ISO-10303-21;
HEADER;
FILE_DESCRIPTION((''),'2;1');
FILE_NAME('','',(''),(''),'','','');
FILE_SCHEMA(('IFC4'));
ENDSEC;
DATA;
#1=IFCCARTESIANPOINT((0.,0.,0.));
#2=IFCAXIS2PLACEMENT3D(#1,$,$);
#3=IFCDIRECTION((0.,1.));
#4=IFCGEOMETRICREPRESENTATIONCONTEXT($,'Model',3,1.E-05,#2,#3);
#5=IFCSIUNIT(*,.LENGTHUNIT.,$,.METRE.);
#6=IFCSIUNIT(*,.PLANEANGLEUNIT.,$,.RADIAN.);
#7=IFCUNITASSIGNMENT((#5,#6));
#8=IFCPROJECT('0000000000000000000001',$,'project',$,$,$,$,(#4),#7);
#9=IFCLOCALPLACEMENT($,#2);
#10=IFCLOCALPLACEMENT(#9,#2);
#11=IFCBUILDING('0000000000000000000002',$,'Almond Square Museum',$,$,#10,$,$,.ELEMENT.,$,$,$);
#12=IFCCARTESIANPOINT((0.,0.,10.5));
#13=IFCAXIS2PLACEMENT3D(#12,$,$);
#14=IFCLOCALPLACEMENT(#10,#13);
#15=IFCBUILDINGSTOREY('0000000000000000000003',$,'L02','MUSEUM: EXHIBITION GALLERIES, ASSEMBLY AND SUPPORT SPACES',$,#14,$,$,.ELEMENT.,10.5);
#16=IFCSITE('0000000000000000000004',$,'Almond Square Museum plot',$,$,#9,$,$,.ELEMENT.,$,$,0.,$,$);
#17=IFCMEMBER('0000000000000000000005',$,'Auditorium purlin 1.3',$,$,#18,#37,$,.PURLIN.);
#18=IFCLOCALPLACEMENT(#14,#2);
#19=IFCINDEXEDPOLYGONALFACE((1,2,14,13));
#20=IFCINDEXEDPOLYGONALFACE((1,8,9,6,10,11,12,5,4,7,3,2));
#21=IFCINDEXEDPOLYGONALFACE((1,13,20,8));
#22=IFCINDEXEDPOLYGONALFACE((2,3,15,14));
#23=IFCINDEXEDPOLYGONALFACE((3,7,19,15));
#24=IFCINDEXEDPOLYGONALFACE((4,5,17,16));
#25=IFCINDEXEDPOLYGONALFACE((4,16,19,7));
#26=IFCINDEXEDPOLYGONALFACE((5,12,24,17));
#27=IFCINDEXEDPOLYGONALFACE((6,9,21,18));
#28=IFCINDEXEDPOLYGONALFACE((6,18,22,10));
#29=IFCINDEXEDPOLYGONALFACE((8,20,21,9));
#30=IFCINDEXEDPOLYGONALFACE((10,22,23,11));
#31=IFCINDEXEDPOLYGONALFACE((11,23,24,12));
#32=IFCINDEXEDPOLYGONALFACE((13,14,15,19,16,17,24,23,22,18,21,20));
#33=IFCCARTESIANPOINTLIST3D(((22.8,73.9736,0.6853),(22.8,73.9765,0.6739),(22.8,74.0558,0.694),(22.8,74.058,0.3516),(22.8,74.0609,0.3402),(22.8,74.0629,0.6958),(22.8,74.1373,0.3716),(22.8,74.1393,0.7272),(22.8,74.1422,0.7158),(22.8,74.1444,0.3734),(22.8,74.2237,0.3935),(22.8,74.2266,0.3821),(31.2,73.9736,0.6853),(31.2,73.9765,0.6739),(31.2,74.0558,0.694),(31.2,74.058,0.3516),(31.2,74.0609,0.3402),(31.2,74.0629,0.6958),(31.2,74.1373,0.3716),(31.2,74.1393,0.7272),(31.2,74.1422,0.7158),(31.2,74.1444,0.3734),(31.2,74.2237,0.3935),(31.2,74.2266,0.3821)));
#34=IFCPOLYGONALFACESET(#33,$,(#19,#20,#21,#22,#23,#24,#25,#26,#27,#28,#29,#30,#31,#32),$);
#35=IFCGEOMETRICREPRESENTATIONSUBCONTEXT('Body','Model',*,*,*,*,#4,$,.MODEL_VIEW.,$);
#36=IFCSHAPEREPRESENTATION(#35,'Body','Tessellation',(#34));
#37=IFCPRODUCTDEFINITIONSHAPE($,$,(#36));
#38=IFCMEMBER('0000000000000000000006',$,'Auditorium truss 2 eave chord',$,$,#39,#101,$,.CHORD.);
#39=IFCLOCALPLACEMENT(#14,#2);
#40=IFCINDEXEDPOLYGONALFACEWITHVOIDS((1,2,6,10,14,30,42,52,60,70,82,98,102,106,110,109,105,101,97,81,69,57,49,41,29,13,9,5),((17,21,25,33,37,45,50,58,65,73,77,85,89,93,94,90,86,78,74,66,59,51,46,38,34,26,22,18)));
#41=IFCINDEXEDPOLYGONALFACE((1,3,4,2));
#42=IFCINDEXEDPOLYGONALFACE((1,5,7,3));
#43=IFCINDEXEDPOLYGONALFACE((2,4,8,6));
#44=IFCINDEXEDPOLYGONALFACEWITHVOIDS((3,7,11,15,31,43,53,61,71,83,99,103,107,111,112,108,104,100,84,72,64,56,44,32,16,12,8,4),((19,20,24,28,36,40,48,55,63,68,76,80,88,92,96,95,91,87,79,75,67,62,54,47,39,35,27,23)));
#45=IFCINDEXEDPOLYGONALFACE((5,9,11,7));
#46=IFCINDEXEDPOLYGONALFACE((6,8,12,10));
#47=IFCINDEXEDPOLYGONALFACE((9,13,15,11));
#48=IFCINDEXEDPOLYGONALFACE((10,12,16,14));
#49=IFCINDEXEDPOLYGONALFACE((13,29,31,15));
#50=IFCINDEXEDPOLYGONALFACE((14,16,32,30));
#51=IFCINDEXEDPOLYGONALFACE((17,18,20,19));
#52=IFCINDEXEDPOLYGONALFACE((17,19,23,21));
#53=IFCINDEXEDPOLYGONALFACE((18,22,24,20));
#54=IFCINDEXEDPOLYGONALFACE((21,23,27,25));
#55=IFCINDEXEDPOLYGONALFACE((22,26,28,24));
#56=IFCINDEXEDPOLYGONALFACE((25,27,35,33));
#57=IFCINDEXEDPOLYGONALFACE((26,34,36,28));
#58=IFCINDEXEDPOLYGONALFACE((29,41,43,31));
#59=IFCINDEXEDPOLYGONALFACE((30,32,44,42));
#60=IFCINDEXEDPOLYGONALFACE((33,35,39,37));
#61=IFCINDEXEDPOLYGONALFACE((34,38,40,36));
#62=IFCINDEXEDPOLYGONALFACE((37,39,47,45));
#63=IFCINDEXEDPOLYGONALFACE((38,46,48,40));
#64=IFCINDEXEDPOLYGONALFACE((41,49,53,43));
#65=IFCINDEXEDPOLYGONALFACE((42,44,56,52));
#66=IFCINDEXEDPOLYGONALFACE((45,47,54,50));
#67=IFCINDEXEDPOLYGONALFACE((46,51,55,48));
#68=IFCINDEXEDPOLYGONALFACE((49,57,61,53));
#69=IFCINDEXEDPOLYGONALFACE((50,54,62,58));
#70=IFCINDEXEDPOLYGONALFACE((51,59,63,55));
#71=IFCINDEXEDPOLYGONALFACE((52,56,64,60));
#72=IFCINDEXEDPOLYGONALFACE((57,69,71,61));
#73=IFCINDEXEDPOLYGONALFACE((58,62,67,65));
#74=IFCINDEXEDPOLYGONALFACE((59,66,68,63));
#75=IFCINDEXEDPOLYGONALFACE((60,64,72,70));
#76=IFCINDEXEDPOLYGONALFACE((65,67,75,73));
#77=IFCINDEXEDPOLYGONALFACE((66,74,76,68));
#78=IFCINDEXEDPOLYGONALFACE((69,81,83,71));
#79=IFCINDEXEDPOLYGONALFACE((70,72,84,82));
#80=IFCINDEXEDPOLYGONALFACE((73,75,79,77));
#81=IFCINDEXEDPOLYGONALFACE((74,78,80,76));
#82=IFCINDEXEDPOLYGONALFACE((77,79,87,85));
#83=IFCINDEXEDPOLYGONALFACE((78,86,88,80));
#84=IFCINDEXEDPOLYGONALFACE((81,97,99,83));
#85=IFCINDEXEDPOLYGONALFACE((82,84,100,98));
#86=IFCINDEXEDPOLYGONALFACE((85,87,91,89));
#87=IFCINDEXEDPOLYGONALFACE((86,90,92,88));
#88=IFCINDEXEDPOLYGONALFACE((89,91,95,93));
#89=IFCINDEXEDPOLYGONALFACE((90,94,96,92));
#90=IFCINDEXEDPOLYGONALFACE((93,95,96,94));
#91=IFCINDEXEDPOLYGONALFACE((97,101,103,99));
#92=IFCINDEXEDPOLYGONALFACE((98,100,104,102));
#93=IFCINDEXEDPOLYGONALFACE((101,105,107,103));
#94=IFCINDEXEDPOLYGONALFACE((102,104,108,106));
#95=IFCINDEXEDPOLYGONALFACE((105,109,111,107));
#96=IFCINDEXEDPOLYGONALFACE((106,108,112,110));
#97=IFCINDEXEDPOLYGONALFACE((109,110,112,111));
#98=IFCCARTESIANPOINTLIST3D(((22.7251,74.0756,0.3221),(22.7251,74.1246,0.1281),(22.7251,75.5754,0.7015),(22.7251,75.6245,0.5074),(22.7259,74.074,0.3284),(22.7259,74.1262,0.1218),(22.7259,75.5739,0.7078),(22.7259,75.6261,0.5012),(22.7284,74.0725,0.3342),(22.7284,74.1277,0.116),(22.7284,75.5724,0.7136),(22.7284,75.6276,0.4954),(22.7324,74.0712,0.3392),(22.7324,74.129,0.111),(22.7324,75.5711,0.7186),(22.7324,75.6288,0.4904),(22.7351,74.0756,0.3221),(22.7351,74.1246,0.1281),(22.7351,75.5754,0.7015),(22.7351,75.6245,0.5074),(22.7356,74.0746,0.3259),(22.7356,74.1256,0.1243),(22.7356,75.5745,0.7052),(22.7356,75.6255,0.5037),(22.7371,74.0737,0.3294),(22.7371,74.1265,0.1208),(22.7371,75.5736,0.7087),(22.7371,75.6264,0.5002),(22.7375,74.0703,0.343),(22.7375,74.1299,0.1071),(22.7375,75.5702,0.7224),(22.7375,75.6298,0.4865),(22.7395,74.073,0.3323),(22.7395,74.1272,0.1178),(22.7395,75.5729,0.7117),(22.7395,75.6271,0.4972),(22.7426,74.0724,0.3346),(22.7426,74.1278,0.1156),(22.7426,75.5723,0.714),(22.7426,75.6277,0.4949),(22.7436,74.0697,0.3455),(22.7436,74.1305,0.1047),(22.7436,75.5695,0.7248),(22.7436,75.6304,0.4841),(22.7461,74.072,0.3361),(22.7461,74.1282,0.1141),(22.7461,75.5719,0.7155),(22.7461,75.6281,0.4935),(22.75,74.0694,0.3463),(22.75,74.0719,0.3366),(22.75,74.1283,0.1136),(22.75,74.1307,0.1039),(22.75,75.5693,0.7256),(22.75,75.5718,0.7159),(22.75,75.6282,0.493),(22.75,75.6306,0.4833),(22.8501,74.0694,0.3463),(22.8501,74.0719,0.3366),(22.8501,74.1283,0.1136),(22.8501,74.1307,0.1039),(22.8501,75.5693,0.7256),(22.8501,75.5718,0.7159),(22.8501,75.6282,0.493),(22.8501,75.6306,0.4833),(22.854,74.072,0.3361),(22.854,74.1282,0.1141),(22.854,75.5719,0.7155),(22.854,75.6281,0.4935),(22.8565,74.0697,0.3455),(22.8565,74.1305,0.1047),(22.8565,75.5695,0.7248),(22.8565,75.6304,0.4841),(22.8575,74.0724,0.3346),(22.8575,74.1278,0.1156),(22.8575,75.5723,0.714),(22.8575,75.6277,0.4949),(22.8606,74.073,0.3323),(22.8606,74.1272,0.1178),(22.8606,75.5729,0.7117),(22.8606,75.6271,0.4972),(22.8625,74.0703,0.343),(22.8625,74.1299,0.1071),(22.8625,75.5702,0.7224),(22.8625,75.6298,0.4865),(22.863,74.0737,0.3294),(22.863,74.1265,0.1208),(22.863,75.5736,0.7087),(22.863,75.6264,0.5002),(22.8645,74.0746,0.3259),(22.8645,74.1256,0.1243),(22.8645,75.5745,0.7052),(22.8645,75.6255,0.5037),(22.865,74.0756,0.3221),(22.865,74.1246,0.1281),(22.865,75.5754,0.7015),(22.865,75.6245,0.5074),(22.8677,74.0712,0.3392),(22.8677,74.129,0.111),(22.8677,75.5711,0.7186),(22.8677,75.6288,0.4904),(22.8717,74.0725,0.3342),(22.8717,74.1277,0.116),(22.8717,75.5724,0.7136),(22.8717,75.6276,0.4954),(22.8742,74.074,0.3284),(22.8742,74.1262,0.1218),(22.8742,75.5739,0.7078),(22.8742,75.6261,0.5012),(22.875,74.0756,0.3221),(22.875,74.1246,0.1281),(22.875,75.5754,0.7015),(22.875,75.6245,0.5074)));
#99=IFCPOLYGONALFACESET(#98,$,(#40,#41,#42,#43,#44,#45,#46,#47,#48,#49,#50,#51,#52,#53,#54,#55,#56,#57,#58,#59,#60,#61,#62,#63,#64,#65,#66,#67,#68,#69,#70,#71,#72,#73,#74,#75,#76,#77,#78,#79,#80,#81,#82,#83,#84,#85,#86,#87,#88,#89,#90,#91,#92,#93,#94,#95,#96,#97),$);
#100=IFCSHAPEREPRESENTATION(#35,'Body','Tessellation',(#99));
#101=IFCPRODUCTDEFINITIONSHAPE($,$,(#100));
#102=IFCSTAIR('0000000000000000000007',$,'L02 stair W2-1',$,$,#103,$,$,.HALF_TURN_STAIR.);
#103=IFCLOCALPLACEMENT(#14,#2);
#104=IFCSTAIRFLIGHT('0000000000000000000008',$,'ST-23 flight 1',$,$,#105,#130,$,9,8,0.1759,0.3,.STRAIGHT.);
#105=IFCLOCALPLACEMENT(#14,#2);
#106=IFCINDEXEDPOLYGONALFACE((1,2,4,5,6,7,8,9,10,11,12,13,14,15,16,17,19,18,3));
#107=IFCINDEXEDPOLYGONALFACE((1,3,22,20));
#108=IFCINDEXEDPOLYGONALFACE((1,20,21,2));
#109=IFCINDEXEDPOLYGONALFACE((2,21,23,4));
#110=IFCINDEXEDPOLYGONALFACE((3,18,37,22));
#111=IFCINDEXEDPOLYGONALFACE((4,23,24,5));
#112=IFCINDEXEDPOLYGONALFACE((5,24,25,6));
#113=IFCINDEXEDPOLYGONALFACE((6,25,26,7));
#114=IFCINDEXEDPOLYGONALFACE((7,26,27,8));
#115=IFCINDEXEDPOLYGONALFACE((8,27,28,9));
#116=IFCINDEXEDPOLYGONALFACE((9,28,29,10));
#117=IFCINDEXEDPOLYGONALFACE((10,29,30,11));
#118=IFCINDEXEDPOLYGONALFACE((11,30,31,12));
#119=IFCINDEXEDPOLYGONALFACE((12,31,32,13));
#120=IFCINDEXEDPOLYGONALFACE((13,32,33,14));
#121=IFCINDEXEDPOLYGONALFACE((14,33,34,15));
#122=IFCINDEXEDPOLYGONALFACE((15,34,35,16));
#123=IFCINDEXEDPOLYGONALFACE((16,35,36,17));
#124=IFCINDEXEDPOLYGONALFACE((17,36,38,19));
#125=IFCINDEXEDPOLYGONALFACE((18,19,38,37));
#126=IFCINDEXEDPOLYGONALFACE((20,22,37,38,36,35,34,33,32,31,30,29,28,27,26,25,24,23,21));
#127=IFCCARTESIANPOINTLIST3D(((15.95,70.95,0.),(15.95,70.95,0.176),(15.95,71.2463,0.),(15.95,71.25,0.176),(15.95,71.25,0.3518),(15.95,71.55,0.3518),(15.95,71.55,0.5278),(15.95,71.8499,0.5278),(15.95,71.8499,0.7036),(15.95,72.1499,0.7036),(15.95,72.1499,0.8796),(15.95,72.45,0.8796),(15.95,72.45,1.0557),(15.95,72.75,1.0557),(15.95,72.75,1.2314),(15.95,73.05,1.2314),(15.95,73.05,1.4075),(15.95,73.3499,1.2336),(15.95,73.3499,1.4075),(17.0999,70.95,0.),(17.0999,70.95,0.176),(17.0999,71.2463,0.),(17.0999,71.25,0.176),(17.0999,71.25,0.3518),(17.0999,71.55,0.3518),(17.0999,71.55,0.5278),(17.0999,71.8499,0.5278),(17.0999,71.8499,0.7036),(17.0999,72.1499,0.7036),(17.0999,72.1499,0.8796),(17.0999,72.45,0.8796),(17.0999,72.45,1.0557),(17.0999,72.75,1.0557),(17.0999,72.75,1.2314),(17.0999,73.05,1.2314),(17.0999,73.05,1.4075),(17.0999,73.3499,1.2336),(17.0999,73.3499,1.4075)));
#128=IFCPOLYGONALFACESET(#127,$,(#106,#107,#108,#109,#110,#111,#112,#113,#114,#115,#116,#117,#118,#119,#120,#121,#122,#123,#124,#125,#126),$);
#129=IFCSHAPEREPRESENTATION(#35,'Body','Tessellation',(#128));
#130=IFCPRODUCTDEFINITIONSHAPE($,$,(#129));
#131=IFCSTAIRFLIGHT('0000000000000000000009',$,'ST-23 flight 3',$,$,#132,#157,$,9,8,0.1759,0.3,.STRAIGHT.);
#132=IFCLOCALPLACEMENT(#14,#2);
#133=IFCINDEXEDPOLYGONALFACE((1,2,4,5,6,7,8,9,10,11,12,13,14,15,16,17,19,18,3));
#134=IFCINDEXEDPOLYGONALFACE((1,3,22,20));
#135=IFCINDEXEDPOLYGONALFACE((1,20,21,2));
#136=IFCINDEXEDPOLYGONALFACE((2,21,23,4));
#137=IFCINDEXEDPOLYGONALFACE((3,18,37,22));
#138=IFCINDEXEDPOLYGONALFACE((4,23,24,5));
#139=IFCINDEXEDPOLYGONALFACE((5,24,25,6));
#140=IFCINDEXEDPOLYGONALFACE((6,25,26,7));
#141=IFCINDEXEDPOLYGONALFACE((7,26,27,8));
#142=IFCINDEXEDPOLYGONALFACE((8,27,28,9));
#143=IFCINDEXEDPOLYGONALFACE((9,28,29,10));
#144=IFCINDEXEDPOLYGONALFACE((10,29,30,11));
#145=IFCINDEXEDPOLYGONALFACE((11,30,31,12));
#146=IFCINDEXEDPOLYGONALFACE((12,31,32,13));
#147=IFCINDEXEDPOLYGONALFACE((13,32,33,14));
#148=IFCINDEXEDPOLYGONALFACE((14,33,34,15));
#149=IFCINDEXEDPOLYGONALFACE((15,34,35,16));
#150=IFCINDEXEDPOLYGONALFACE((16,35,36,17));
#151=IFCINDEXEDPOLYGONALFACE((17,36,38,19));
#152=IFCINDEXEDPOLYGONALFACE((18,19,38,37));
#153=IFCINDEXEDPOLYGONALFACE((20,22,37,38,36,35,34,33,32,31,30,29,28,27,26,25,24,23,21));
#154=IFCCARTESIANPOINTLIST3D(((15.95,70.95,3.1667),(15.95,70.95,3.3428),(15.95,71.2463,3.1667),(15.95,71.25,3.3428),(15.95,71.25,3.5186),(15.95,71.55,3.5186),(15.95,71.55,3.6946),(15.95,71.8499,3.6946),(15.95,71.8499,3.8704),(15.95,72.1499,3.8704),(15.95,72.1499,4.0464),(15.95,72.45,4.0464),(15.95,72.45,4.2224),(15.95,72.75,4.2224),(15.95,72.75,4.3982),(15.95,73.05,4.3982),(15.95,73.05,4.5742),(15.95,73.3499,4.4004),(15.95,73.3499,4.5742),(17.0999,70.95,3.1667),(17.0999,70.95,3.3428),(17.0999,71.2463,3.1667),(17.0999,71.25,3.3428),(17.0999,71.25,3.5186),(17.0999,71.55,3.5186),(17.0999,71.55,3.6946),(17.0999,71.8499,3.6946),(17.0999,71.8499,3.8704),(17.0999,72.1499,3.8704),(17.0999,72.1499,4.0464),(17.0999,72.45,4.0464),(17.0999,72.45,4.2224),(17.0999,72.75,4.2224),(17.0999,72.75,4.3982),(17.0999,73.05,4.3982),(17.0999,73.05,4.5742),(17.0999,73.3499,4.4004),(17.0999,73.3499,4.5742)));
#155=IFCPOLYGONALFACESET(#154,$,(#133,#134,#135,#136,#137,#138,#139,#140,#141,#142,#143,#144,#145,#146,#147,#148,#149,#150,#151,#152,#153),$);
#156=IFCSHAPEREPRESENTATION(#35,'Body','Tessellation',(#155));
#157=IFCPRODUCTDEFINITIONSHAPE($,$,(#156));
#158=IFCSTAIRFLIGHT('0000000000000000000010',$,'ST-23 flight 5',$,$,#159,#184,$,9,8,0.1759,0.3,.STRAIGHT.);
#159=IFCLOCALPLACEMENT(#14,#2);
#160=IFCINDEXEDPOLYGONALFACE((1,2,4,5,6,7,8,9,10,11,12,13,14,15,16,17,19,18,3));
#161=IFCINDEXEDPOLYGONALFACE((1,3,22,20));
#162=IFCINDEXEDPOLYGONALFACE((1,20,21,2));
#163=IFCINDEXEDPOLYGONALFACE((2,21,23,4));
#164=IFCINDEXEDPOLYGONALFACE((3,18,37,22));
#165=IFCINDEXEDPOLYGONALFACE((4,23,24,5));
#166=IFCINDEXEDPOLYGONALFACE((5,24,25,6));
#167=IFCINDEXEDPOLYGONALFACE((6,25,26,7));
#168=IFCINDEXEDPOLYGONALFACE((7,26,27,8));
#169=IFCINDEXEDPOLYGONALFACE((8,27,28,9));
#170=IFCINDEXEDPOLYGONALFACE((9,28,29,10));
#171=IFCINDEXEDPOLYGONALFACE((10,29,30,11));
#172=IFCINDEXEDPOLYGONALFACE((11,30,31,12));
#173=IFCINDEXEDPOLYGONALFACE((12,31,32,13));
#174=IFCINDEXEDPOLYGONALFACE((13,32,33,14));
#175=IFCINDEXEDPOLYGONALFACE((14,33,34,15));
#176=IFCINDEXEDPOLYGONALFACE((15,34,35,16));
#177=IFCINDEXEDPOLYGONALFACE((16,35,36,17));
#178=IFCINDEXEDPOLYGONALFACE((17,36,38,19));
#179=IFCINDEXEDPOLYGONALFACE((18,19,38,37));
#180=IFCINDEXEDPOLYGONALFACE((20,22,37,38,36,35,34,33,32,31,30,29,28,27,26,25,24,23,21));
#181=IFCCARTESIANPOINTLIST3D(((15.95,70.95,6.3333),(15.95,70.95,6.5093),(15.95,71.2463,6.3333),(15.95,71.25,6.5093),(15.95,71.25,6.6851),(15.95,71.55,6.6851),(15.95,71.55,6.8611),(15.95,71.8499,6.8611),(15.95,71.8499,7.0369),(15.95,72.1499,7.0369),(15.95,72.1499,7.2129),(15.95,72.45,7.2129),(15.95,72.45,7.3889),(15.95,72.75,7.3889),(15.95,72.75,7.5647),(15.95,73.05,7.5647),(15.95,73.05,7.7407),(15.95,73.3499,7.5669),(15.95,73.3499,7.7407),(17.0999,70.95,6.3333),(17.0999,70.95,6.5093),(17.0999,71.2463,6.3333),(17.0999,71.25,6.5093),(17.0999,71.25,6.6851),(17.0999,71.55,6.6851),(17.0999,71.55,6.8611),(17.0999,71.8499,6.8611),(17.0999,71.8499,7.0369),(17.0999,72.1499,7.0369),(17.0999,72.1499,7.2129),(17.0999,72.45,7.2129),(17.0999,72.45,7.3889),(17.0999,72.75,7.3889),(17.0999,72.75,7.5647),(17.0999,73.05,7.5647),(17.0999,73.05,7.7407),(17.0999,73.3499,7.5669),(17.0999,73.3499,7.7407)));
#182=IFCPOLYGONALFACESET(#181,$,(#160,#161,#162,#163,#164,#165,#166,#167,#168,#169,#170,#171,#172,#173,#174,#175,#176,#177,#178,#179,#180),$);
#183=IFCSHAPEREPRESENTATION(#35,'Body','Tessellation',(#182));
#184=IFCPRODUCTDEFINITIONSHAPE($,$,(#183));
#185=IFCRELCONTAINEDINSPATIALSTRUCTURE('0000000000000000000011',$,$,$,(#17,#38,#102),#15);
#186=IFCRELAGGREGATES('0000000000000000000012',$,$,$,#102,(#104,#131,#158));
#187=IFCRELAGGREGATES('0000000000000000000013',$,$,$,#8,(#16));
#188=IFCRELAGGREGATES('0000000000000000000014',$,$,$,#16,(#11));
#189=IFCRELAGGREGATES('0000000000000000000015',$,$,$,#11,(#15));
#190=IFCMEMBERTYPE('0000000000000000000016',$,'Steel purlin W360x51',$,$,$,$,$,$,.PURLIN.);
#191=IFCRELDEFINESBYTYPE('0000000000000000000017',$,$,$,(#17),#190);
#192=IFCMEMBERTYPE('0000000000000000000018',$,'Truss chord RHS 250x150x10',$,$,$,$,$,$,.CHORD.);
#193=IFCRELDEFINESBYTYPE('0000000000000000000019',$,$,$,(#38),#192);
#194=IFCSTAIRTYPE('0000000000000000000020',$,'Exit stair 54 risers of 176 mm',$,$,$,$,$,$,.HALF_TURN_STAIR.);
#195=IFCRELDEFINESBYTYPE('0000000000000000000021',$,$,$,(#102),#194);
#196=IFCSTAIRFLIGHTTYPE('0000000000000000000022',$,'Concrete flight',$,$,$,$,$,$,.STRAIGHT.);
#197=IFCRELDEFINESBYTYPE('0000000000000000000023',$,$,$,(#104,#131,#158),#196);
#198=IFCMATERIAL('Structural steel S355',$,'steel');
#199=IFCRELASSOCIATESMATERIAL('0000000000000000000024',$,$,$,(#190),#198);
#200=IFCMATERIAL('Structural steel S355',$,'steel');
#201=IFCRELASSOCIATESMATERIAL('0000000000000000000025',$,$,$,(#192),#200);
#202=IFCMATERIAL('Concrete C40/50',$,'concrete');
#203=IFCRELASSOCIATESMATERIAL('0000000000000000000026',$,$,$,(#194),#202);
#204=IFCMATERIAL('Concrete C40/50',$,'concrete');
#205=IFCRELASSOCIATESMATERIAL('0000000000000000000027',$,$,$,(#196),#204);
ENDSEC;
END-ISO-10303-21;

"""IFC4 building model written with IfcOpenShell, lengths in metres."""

from ifc_helpers import new_model, si_unit, direction, frame, origin, origin_2d, place, context, subcontext, project, spatial, polyline, hollow_rectangle, i_section, outline, extrude, material, material_profile, profile_set, type_object, element, aggregate, save


model = new_model("IFC4")

# Units and contexts
model_context = context("Model", 3, precision=1e-05, world=origin(), true_north=direction((0.0, 1.0)))
body_context = subcontext(model_context, "Body", "Model", "MODEL_VIEW")
ifc_project = project(units=[si_unit("LENGTHUNIT", "METRE"), si_unit("PLANEANGLEUNIT", "RADIAN")], contexts=[model_context])

# Site, building, storey
site_placement = place(None, origin())
site = spatial("IfcSite", under=ifc_project, at=site_placement, Name="Almond Square Museum plot", CompositionType="ELEMENT", RefElevation=0.0)
building_placement = place(site_placement, origin())
building = spatial("IfcBuilding", under=site, at=building_placement, Name="Almond Square Museum", CompositionType="ELEMENT")
storey_placement = place(building_placement, frame((0.0, 0.0, 10.5)))
storey = spatial("IfcBuildingStorey", under=building, at=storey_placement, Name="L02", Description="MUSEUM: EXHIBITION GALLERIES, ASSEMBLY AND SUPPORT SPACES", CompositionType="ELEMENT", Elevation=10.5)

# Members
ifc_material_1 = material(Name="Structural steel S355", Category="steel")
ifc_material_profile_1 = material_profile(ifc_material_1, i_section(OverallWidth=0.1709, OverallDepth=0.356, WebThickness=0.0073, FlangeThickness=0.0117, at=origin_2d()))
ifc_profile_set_1 = profile_set([ifc_material_profile_1], Name="Structural steel S355")
member_type_1 = type_object("IfcMemberType", Name="Steel purlin W360x51", PredefinedType="PURLIN", material=ifc_profile_set_1)
member_1_placement = place(storey_placement, frame((22.8, 74.1001, 0.5337), z_axis=(1.0, 0.0, 0.0), x_axis=(0.0, 0.96946, 0.24525)))
element("IfcMember", 1, at=member_1_placement, inside=storey, type_object=member_type_1, Name="Auditorium purlin 1.3", PredefinedType="PURLIN", context=body_context, shape_type="SweptSolid", body=[
    extrude(i_section(OverallWidth=0.1709, OverallDepth=0.356, WebThickness=0.0073, FlangeThickness=0.0117, at=origin_2d()), origin(), (0.0, 0.0, 1.0), 8.3999),
])
ifc_material_2 = material(Name="Structural steel S355", Category="steel")
ifc_material_profile_2 = material_profile(ifc_material_2, hollow_rectangle(XDim=0.1499, YDim=0.25, WallThickness=0.01, InnerFilletRadius=0.0149, OuterFilletRadius=0.0249, at=origin_2d()))
ifc_profile_set_2 = profile_set([ifc_material_profile_2], Name="Structural steel S355")
member_type_2 = type_object("IfcMemberType", Name="Truss chord RHS 250x150x10", PredefinedType="CHORD", material=ifc_profile_set_2)
member_2_placement = place(storey_placement, frame((22.8, 74.1001, 0.2251), z_axis=(0.0, 0.969471, 0.245208), x_axis=(-1.0, 0.0, 0.0)))
element("IfcMember", 2, at=member_2_placement, inside=storey, type_object=member_type_2, Name="Auditorium truss 2 eave chord", PredefinedType="CHORD", context=body_context, shape_type="SweptSolid", body=[
    extrude(hollow_rectangle(XDim=0.1499, YDim=0.25, WallThickness=0.01, InnerFilletRadius=0.0149, OuterFilletRadius=0.0249, at=origin_2d()), origin(), (0.0, 0.0, 1.0), 1.5471),
])

# Stair, stair flights
ifc_material_3 = material(Name="Concrete C40/50", Category="concrete")
stair_type = type_object("IfcStairType", Name="Exit stair 54 risers of 176 mm", PredefinedType="HALF_TURN_STAIR", material=ifc_material_3)
stair_1_placement = place(storey_placement, origin())
stair_1 = element("IfcStair", 3, at=stair_1_placement, inside=storey, type_object=stair_type, Name="L02 stair W2-1", PredefinedType="HALF_TURN_STAIR")
ifc_material_4 = material(Name="Concrete C40/50", Category="concrete")
stair_flight_type = type_object("IfcStairFlightType", Name="Concrete flight", PredefinedType="STRAIGHT", material=ifc_material_4)
stair_flight_1_placement = place(storey_placement, frame((16.5249, 70.95, 0.0), z_axis=(0.0, 0.0, 1.0), x_axis=(0.0, 1.0, 0.0)))
stair_flight_1 = element("IfcStairFlight", 4, at=stair_flight_1_placement, type_object=stair_flight_type, Name="ST-23 flight 1", NumberOfRisers=9, NumberOfTreads=8, PredefinedType="STRAIGHT", RiserHeight=0.1759, TreadLength=0.3, context=body_context, shape_type="SweptSolid", body=[
    extrude(outline(polyline([(0.0, 0.0), (0.0, 0.176), (0.3, 0.176), (0.3, 0.3518), (0.6001, 0.3518), (0.6001, 0.5278), (0.8999, 0.5278), (0.8999, 0.7036), (1.2, 0.7036), (1.2, 0.8796), (1.5, 0.8796), (1.5, 1.0557), (1.8, 1.0557), (1.8, 1.2314), (2.1001, 1.2314), (2.1001, 1.4075), (2.3999, 1.4075), (2.3999, 1.5833), (2.3999, 1.2336), (0.2964, 0.0), (0.0, 0.0)])), frame((0.0, 0.575, 0.0), z_axis=(0.0, -1.0, 0.0), x_axis=(1.0, 0.0, 0.0)), (0.0, 0.0, 1.0), 1.1499),
])
stair_flight_2_placement = place(storey_placement, frame((16.5249, 70.95, 3.1667), z_axis=(0.0, 0.0, 1.0), x_axis=(0.0, 1.0, 0.0)))
stair_flight_2 = element("IfcStairFlight", 5, at=stair_flight_2_placement, type_object=stair_flight_type, Name="ST-23 flight 3", NumberOfRisers=9, NumberOfTreads=8, PredefinedType="STRAIGHT", RiserHeight=0.1759, TreadLength=0.3, context=body_context, shape_type="SweptSolid", body=[
    extrude(outline(polyline([(0.0, 0.0), (0.0, 0.176), (0.3, 0.176), (0.3, 0.3518), (0.6001, 0.3518), (0.6001, 0.5278), (0.8999, 0.5278), (0.8999, 0.7036), (1.2, 0.7036), (1.2, 0.8796), (1.5, 0.8796), (1.5, 1.0557), (1.8, 1.0557), (1.8, 1.2314), (2.1001, 1.2314), (2.1001, 1.4075), (2.3999, 1.4075), (2.3999, 1.5833), (2.3999, 1.2336), (0.2964, 0.0), (0.0, 0.0)])), frame((0.0, 0.575, 0.0), z_axis=(0.0, -1.0, 0.0), x_axis=(1.0, 0.0, 0.0)), (0.0, 0.0, 1.0), 1.1499),
])
stair_flight_3_placement = place(storey_placement, frame((16.5249, 70.95, 6.3333), z_axis=(0.0, 0.0, 1.0), x_axis=(0.0, 1.0, 0.0)))
stair_flight_3 = element("IfcStairFlight", 6, at=stair_flight_3_placement, type_object=stair_flight_type, Name="ST-23 flight 5", NumberOfRisers=9, NumberOfTreads=8, PredefinedType="STRAIGHT", RiserHeight=0.1759, TreadLength=0.3, context=body_context, shape_type="SweptSolid", body=[
    extrude(outline(polyline([(0.0, 0.0), (0.0, 0.176), (0.3, 0.176), (0.3, 0.3518), (0.6001, 0.3518), (0.6001, 0.5278), (0.8999, 0.5278), (0.8999, 0.7036), (1.2, 0.7036), (1.2, 0.8796), (1.5, 0.8796), (1.5, 1.0557), (1.8, 1.0557), (1.8, 1.2314), (2.1001, 1.2314), (2.1001, 1.4075), (2.3999, 1.4075), (2.3999, 1.5833), (2.3999, 1.2336), (0.2964, 0.0), (0.0, 0.0)])), frame((0.0, 0.575, 0.0), z_axis=(0.0, -1.0, 0.0), x_axis=(1.0, 0.0, 0.0)), (0.0, 0.0, 1.0), 1.1499),
])
aggregate(stair_1, [stair_flight_1, stair_flight_2, stair_flight_3])

save(model, "model.ifc")
